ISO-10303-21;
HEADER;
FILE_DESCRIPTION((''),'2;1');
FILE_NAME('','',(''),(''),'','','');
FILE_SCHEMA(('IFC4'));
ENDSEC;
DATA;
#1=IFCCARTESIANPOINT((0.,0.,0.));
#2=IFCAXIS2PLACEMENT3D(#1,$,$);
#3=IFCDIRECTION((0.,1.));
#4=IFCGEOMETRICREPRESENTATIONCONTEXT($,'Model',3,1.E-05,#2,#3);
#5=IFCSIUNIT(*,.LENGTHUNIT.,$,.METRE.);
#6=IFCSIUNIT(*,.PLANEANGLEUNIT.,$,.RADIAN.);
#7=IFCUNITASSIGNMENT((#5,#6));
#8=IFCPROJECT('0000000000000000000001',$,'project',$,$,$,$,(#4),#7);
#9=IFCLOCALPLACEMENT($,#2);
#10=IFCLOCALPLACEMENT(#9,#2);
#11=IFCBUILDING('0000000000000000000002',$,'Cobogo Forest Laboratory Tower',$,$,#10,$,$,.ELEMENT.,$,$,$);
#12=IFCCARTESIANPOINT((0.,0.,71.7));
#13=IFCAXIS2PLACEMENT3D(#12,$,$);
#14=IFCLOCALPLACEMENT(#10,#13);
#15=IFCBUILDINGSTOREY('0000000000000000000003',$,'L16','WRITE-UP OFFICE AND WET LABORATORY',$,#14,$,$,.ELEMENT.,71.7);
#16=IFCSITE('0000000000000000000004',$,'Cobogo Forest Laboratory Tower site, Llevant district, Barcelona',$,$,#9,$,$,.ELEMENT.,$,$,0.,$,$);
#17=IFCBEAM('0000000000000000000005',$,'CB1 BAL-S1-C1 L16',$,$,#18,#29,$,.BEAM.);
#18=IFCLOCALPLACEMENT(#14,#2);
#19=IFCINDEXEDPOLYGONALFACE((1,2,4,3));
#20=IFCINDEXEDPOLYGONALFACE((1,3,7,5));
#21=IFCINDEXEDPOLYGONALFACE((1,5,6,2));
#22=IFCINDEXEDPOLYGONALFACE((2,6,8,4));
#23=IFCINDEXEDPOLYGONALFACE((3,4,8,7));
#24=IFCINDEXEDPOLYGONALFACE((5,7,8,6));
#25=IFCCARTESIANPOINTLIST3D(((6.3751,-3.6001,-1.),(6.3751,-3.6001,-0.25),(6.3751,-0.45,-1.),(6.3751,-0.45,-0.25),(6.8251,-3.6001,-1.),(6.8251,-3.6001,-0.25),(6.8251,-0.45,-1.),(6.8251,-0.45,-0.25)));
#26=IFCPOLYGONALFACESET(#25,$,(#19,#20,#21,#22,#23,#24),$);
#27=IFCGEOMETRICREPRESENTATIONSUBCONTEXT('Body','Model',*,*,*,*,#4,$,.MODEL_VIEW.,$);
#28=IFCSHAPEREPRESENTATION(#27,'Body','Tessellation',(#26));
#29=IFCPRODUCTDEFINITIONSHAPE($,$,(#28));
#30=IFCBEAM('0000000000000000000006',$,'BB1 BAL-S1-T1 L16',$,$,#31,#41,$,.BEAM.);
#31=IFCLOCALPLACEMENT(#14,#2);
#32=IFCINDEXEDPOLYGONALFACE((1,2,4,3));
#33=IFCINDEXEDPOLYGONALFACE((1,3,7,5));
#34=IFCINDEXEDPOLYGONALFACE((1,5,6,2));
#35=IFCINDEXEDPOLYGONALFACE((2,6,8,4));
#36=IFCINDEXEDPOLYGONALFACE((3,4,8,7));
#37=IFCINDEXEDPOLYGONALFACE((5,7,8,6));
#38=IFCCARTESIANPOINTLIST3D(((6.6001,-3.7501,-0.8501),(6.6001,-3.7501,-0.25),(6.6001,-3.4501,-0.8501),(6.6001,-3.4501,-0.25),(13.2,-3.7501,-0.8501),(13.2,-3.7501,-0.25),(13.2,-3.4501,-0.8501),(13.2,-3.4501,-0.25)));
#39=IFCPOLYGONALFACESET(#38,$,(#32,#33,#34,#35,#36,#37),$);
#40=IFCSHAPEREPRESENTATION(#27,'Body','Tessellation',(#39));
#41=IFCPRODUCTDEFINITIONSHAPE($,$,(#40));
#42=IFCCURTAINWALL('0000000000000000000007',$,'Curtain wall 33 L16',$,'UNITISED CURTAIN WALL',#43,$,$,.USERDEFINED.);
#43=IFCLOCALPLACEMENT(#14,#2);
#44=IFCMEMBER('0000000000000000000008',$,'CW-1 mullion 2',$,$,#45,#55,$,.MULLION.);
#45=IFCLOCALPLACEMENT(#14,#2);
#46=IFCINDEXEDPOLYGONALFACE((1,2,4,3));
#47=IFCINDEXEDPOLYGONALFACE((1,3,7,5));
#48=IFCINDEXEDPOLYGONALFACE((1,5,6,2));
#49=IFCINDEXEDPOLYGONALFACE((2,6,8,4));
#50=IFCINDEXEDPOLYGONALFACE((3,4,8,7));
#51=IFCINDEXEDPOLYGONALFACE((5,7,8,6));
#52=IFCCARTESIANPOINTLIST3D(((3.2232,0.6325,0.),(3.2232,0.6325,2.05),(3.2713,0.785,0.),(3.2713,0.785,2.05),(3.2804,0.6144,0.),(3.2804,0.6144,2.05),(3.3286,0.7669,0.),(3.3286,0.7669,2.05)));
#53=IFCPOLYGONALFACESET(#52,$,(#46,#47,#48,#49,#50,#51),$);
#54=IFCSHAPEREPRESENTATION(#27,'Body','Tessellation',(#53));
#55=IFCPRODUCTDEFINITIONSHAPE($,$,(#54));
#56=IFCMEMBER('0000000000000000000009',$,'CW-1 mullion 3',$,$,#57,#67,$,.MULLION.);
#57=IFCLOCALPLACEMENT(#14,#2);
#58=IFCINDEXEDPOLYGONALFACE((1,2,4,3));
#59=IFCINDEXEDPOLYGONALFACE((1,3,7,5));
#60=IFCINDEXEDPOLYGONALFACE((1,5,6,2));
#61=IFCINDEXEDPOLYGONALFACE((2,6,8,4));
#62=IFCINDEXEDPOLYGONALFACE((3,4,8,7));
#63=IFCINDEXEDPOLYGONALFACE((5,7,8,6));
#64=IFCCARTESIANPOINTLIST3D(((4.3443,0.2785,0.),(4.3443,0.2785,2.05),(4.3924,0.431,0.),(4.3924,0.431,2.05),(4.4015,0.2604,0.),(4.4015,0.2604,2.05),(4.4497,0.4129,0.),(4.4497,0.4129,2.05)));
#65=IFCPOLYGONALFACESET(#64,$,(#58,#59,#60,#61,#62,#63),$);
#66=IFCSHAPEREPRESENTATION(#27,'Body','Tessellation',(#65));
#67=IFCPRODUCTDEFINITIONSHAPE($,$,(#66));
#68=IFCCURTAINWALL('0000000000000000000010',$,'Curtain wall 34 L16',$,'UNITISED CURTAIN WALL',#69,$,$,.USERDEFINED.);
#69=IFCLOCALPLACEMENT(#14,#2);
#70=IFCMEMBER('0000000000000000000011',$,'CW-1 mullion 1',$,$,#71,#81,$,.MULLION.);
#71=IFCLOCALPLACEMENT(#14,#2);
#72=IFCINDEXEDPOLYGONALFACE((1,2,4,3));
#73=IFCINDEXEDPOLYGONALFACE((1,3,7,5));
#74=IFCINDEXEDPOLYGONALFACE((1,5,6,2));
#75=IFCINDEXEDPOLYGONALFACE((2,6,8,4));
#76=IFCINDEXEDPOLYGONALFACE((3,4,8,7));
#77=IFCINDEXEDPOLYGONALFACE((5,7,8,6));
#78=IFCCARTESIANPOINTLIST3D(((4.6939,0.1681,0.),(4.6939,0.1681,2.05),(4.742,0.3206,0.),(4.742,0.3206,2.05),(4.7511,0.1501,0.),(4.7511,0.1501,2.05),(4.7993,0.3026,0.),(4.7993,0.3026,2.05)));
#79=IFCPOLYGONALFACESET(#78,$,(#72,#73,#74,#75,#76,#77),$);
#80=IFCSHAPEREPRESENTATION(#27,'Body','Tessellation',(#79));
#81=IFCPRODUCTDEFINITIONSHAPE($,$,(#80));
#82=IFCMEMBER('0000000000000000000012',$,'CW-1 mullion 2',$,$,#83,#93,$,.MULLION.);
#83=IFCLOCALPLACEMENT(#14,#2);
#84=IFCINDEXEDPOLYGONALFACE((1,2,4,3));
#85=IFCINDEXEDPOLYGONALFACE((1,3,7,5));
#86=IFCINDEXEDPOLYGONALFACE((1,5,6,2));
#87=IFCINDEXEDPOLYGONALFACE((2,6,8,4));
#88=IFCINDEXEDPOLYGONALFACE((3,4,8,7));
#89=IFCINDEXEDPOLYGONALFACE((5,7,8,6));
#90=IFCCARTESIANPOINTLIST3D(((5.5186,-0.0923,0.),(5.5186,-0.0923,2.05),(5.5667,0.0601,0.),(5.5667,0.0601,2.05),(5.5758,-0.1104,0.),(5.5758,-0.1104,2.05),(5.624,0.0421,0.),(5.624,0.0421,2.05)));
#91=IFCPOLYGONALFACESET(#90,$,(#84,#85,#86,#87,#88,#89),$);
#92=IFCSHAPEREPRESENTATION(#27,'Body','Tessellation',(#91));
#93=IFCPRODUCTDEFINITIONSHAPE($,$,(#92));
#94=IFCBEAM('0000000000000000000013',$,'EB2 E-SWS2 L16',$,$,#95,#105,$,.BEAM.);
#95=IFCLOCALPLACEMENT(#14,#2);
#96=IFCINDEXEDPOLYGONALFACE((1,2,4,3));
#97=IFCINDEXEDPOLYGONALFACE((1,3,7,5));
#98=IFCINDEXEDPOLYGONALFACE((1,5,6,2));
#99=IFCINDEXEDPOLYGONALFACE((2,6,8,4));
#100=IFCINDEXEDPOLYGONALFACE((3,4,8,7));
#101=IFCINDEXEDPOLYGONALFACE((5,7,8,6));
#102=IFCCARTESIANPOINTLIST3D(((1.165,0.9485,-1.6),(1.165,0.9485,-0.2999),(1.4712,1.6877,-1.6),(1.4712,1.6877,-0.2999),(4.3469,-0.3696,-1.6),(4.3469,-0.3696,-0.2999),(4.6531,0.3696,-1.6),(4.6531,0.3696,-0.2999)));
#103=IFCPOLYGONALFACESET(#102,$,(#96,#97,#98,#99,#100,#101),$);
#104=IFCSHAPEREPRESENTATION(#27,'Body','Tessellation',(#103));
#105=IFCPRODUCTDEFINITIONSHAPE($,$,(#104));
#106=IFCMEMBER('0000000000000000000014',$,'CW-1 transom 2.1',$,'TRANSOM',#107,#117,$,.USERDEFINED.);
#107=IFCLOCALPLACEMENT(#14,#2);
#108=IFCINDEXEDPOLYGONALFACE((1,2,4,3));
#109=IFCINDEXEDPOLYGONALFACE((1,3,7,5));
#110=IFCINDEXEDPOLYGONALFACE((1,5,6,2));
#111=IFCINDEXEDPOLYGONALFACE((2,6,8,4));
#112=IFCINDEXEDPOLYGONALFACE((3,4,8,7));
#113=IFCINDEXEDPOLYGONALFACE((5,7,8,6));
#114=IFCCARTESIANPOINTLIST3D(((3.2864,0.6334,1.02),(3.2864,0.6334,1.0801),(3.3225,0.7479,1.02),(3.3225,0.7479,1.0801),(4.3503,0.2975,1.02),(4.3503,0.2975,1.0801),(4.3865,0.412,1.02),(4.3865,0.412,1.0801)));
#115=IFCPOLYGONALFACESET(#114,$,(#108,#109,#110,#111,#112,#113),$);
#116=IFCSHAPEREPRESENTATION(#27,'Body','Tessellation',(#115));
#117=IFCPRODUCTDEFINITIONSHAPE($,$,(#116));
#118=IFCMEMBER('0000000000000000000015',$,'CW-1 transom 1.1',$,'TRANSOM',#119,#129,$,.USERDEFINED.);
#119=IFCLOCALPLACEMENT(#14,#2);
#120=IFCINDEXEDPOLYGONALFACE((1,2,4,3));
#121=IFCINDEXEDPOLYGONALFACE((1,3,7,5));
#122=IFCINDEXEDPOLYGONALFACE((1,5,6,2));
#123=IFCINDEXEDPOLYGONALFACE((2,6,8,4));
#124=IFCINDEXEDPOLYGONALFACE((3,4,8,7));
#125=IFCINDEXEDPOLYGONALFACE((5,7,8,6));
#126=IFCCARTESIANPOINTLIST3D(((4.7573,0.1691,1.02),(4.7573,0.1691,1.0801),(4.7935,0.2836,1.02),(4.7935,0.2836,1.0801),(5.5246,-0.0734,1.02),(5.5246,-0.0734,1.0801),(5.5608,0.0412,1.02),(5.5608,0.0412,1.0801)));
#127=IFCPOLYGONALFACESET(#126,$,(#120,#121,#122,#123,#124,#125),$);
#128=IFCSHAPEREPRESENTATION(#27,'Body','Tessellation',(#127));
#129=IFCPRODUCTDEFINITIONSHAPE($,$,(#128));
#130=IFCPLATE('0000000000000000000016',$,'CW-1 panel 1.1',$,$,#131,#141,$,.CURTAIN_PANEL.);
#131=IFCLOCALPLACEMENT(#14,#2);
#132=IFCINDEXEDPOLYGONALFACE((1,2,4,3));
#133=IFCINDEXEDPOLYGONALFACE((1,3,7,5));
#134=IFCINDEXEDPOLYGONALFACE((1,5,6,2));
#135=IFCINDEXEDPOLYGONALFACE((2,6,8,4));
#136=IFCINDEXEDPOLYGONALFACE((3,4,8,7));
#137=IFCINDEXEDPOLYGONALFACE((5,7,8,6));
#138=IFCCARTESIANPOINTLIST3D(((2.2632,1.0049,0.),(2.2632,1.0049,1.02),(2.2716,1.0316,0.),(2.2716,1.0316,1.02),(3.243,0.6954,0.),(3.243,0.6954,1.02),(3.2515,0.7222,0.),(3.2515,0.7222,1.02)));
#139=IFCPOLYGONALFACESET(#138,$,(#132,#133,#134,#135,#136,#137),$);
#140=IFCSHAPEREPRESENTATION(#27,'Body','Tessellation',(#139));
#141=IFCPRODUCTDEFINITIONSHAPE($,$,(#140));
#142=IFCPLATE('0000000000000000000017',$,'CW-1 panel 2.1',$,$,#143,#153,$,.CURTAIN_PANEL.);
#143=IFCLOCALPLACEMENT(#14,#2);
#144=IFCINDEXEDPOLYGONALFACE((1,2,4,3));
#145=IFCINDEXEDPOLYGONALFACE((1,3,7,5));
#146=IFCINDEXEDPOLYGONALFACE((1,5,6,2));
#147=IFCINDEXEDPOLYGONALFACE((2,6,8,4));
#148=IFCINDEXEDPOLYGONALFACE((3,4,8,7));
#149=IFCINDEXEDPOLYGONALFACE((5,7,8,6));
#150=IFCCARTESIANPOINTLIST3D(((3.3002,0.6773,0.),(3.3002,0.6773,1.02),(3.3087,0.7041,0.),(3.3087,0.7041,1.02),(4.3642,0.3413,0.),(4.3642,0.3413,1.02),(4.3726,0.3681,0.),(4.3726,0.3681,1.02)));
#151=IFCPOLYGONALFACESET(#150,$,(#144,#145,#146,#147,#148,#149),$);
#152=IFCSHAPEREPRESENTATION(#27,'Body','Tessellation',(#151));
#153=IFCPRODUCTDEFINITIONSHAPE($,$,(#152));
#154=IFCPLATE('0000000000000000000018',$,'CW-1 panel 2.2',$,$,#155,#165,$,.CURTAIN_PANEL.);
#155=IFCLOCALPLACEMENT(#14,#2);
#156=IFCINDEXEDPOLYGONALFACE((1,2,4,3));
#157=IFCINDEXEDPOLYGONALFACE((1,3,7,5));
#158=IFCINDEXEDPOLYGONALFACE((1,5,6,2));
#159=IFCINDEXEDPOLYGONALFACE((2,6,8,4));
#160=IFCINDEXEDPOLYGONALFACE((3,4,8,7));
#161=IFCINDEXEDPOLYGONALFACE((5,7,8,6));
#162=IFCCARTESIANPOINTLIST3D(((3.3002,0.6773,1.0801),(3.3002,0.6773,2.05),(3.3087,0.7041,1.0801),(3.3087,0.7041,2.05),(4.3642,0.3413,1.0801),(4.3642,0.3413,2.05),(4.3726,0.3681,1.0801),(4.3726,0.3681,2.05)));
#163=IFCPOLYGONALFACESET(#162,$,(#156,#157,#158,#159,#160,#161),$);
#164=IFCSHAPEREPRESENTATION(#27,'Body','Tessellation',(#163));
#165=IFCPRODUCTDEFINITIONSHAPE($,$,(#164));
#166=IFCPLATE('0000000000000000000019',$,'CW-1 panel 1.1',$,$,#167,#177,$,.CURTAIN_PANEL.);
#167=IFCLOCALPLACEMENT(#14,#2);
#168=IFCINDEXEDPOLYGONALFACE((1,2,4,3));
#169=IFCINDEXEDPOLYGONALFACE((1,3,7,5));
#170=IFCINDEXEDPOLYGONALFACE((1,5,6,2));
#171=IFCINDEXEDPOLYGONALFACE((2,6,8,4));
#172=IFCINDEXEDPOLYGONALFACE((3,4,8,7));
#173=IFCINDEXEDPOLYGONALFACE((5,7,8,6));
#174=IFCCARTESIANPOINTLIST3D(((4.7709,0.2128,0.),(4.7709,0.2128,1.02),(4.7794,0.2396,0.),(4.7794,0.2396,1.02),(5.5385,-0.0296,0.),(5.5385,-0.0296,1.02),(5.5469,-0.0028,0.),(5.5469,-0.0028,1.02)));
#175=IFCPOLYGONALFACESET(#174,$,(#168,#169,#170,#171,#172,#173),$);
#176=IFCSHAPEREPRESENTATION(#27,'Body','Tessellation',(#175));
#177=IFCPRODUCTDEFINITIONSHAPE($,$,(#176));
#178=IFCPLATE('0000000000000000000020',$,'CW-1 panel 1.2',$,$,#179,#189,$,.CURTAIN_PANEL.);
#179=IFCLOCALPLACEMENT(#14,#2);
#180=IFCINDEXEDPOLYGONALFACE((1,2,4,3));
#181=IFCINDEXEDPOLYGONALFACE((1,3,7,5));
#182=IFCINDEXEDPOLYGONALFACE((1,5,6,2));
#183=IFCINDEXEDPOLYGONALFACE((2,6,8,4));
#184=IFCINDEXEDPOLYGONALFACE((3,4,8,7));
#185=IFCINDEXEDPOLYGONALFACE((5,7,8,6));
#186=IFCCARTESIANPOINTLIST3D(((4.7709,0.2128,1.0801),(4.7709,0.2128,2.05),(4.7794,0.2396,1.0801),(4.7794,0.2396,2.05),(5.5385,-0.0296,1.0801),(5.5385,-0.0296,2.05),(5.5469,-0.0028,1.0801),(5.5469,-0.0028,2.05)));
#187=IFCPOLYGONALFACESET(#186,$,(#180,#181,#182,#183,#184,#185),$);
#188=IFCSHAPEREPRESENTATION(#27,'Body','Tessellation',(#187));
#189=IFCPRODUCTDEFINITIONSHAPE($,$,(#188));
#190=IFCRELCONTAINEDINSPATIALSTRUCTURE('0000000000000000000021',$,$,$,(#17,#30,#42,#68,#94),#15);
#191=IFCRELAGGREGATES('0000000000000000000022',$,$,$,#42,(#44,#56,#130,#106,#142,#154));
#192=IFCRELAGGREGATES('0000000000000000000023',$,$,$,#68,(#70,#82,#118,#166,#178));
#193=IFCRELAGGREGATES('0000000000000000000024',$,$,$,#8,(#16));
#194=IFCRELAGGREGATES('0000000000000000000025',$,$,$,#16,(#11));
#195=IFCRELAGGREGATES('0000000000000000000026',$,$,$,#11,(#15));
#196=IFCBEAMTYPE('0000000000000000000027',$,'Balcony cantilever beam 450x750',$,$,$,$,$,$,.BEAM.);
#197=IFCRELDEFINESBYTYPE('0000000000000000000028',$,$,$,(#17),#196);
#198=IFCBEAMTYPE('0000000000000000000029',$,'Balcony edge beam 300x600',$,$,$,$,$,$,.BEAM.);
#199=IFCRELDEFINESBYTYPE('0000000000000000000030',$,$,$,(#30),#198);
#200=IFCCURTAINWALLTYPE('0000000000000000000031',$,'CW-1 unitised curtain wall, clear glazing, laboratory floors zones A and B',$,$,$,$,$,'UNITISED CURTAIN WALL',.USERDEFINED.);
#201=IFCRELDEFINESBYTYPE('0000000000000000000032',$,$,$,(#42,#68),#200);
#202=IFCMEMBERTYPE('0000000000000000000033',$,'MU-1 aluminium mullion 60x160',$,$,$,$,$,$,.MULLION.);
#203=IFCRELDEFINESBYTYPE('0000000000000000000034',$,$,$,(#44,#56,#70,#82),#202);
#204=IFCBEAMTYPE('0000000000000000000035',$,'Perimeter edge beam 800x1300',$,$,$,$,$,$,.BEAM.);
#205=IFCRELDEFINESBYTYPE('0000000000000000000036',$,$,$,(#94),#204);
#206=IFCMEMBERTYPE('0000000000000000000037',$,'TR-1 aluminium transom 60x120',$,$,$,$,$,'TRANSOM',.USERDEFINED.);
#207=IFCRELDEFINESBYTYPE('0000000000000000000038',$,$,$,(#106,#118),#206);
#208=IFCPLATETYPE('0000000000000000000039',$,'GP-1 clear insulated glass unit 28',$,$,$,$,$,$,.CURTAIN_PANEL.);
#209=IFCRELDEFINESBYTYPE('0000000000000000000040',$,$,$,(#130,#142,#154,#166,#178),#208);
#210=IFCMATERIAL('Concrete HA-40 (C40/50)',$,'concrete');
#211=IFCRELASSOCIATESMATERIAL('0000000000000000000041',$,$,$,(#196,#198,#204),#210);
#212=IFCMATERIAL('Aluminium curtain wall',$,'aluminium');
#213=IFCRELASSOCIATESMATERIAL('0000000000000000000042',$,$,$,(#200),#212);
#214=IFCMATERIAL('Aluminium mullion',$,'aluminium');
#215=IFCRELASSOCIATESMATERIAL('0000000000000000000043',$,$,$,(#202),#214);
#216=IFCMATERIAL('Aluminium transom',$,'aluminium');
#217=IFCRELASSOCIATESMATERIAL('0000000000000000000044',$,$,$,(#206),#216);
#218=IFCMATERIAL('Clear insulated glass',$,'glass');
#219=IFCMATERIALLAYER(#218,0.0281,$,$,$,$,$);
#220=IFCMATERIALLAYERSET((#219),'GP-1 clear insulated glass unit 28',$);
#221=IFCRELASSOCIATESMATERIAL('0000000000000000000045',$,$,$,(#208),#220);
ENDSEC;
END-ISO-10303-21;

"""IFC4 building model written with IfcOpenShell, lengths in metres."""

from ifc_helpers import new_model, si_unit, direction, frame, origin, origin_2d, place, context, subcontext, project, spatial, rectangle, extrude, material, layer, layer_set, material_profile, profile_set, type_object, element, aggregate, save


model = new_model("IFC4")

# Units and contexts
model_context = context("Model", 3, precision=1e-05, world=origin(), true_north=direction((0.0, 1.0)))
body_context = subcontext(model_context, "Body", "Model", "MODEL_VIEW")
ifc_project = project(units=[si_unit("LENGTHUNIT", "METRE"), si_unit("PLANEANGLEUNIT", "RADIAN")], contexts=[model_context])

# Site, building, storey
site_placement = place(None, origin())
site = spatial("IfcSite", under=ifc_project, at=site_placement, Name="Cobogo Forest Laboratory Tower site, Llevant district, Barcelona", CompositionType="ELEMENT", RefElevation=0.0)
building_placement = place(site_placement, origin())
building = spatial("IfcBuilding", under=site, at=building_placement, Name="Cobogo Forest Laboratory Tower", CompositionType="ELEMENT")
storey_placement = place(building_placement, frame((0.0, 0.0, 71.7)))
storey = spatial("IfcBuildingStorey", under=building, at=storey_placement, Name="L16", Description="WRITE-UP OFFICE AND WET LABORATORY", CompositionType="ELEMENT", Elevation=71.7)

# Beams
ifc_material_1 = material(Name="Concrete HA-40 (C40/50)", Category="concrete")
ifc_material_profile_1 = material_profile(ifc_material_1, rectangle(XDim=0.45, YDim=0.75, at=origin_2d()), Name="RC 450x750")
ifc_profile_set_1 = profile_set([ifc_material_profile_1], Name="Concrete HA-40 (C40/50)")
beam_type_1 = type_object("IfcBeamType", Name="Balcony cantilever beam 450x750", PredefinedType="BEAM", material=ifc_profile_set_1)
beam_1_placement = place(storey_placement, frame((6.6001, -0.45, -0.625), z_axis=(0.0, -1.0, 0.0), x_axis=(1.0, 0.0, 0.0)))
element("IfcBeam", 1, at=beam_1_placement, inside=storey, type_object=beam_type_1, Name="CB1 BAL-S1-C1 L16", PredefinedType="BEAM", context=body_context, shape_type="SweptSolid", body=[
    extrude(rectangle(XDim=0.45, YDim=0.75, at=origin_2d()), origin(), (0.0, 0.0, 1.0), 3.1501),
])
ifc_material_profile_2 = material_profile(ifc_material_1, rectangle(XDim=0.3, YDim=0.6001, at=origin_2d()), Name="RC 300x600")
ifc_profile_set_2 = profile_set([ifc_material_profile_2], Name="Concrete HA-40 (C40/50)")
beam_type_2 = type_object("IfcBeamType", Name="Balcony edge beam 300x600", PredefinedType="BEAM", material=ifc_profile_set_2)
beam_2_placement = place(storey_placement, frame((6.6001, -3.6001, -0.55), z_axis=(1.0, 0.0, 0.0), x_axis=(0.0, 1.0, 0.0)))
element("IfcBeam", 2, at=beam_2_placement, inside=storey, type_object=beam_type_2, Name="BB1 BAL-S1-T1 L16", PredefinedType="BEAM", context=body_context, shape_type="SweptSolid", body=[
    extrude(rectangle(XDim=0.3, YDim=0.6001, at=origin_2d()), origin(), (0.0, 0.0, 1.0), 6.5999),
])

# Curtain walls, members
ifc_material_2 = material(Name="Aluminium curtain wall", Category="aluminium")
curtain_wall_type = type_object("IfcCurtainWallType", Name="CW-1 unitised curtain wall, clear glazing, laboratory floors zones A and B", ElementType="UNITISED CURTAIN WALL", PredefinedType="USERDEFINED", material=ifc_material_2)
curtain_wall_1_placement = place(storey_placement, origin())
curtain_wall_1 = element("IfcCurtainWall", 3, at=curtain_wall_1_placement, inside=storey, type_object=curtain_wall_type, Name="Curtain wall 33 L16", ObjectType="UNITISED CURTAIN WALL", PredefinedType="USERDEFINED")
ifc_material_3 = material(Name="Aluminium mullion", Category="aluminium")
ifc_material_profile_3 = material_profile(ifc_material_3, rectangle(XDim=0.0601, YDim=0.1599, at=origin_2d()), Name="AL 60x160")
ifc_profile_set_3 = profile_set([ifc_material_profile_3], Name="Aluminium mullion")
member_type_1 = type_object("IfcMemberType", Name="MU-1 aluminium mullion 60x160", PredefinedType="MULLION", material=ifc_profile_set_3)
member_1_placement = place(storey_placement, frame((3.2759, 0.6997, 0.0), z_axis=(0.0, 0.0, 1.0), x_axis=(0.953581, -0.301135, 0.0)))
member_1 = element("IfcMember", 4, at=member_1_placement, type_object=member_type_1, Name="CW-1 mullion 2", PredefinedType="MULLION", context=body_context, shape_type="SweptSolid", body=[
    extrude(rectangle(XDim=0.0601, YDim=0.1599, at=origin_2d()), origin(), (0.0, 0.0, 1.0), 2.05),
])
member_2_placement = place(storey_placement, frame((4.397, 0.3457, 0.0), z_axis=(0.0, 0.0, 1.0), x_axis=(0.953581, -0.301135, 0.0)))
member_2 = element("IfcMember", 5, at=member_2_placement, type_object=member_type_1, Name="CW-1 mullion 3", PredefinedType="MULLION", context=body_context, shape_type="SweptSolid", body=[
    extrude(rectangle(XDim=0.0601, YDim=0.1599, at=origin_2d()), origin(), (0.0, 0.0, 1.0), 2.05),
])
curtain_wall_2_placement = place(storey_placement, origin())
curtain_wall_2 = element("IfcCurtainWall", 6, at=curtain_wall_2_placement, inside=storey, type_object=curtain_wall_type, Name="Curtain wall 34 L16", ObjectType="UNITISED CURTAIN WALL", PredefinedType="USERDEFINED")
member_3_placement = place(storey_placement, frame((4.7466, 0.2354, 0.0), z_axis=(0.0, 0.0, 1.0), x_axis=(0.953581, -0.301135, 0.0)))
member_3 = element("IfcMember", 7, at=member_3_placement, type_object=member_type_1, Name="CW-1 mullion 1", PredefinedType="MULLION", context=body_context, shape_type="SweptSolid", body=[
    extrude(rectangle(XDim=0.0601, YDim=0.1599, at=origin_2d()), origin(), (0.0, 0.0, 1.0), 2.05),
])
member_4_placement = place(storey_placement, frame((5.5713, -0.0251, 0.0), z_axis=(0.0, 0.0, 1.0), x_axis=(0.953581, -0.301135, 0.0)))
member_4 = element("IfcMember", 8, at=member_4_placement, type_object=member_type_1, Name="CW-1 mullion 2", PredefinedType="MULLION", context=body_context, shape_type="SweptSolid", body=[
    extrude(rectangle(XDim=0.0601, YDim=0.1599, at=origin_2d()), origin(), (0.0, 0.0, 1.0), 2.05),
])

# Beam
ifc_material_profile_4 = material_profile(ifc_material_1, rectangle(XDim=0.8, YDim=1.3, at=origin_2d()), Name="RC 800x1300")
ifc_profile_set_4 = profile_set([ifc_material_profile_4], Name="Concrete HA-40 (C40/50)")
beam_type_3 = type_object("IfcBeamType", Name="Perimeter edge beam 800x1300", PredefinedType="BEAM", material=ifc_profile_set_4)
beam_3_placement = place(storey_placement, frame((4.5, 0.0, -0.95), z_axis=(-0.923866, 0.382717, 0.0), x_axis=(-0.382717, -0.923866, 0.0)))
element("IfcBeam", 9, at=beam_3_placement, inside=storey, type_object=beam_type_3, Name="EB2 E-SWS2 L16", PredefinedType="BEAM", context=body_context, shape_type="SweptSolid", body=[
    extrude(rectangle(XDim=0.8, YDim=1.3, at=origin_2d()), origin(), (0.0, 0.0, 1.0), 3.4441),
])

# Members
ifc_material_4 = material(Name="Aluminium transom", Category="aluminium")
ifc_material_profile_5 = material_profile(ifc_material_4, rectangle(XDim=0.1201, YDim=0.0601, at=origin_2d()), Name="AL 60x120")
ifc_profile_set_5 = profile_set([ifc_material_profile_5], Name="Aluminium transom")
member_type_2 = type_object("IfcMemberType", Name="TR-1 aluminium transom 60x120", ElementType="TRANSOM", PredefinedType="USERDEFINED", material=ifc_profile_set_5)
member_5_placement = place(storey_placement, frame((3.3044, 0.6907, 1.05), z_axis=(0.953596, -0.301089, 0.0), x_axis=(0.301089, 0.953596, 0.0)))
member_5 = element("IfcMember", 10, at=member_5_placement, type_object=member_type_2, Name="CW-1 transom 2.1", ObjectType="TRANSOM", PredefinedType="USERDEFINED", context=body_context, shape_type="SweptSolid", body=[
    extrude(rectangle(XDim=0.1201, YDim=0.0601, at=origin_2d()), origin(), (0.0, 0.0, 1.0), 1.1157),
])
member_6_placement = place(storey_placement, frame((4.7754, 0.2263, 1.05), z_axis=(0.953541, -0.301262, 0.0), x_axis=(0.301262, 0.953541, 0.0)))
member_6 = element("IfcMember", 11, at=member_6_placement, type_object=member_type_2, Name="CW-1 transom 1.1", ObjectType="TRANSOM", PredefinedType="USERDEFINED", context=body_context, shape_type="SweptSolid", body=[
    extrude(rectangle(XDim=0.1201, YDim=0.0601, at=origin_2d()), origin(), (0.0, 0.0, 1.0), 0.8047),
])

# Plates
ifc_material_5 = material(Name="Clear insulated glass", Category="glass")
ifc_layer_1 = layer(ifc_material_5, 0.0281)
ifc_layer_set_1 = layer_set([ifc_layer_1], Name="GP-1 clear insulated glass unit 28")
plate_type = type_object("IfcPlateType", Name="GP-1 clear insulated glass unit 28", PredefinedType="CURTAIN_PANEL", material=ifc_layer_set_1)
plate_1_placement = place(storey_placement, frame((2.7573, 0.8635, 0.0), z_axis=(0.0, 0.0, 1.0), x_axis=(0.953581, -0.301135, 0.0)))
plate_1 = element("IfcPlate", 12, at=plate_1_placement, type_object=plate_type, Name="CW-1 panel 1.1", PredefinedType="CURTAIN_PANEL", context=body_context, shape_type="SweptSolid", body=[
    extrude(rectangle(XDim=1.0276, YDim=0.0281, at=origin_2d()), origin(), (0.0, 0.0, 1.0), 1.02),
])
plate_2_placement = place(storey_placement, frame((3.8364, 0.5227, 0.0), z_axis=(0.0, 0.0, 1.0), x_axis=(0.953581, -0.301135, 0.0)))
plate_2 = element("IfcPlate", 13, at=plate_2_placement, type_object=plate_type, Name="CW-1 panel 2.1", PredefinedType="CURTAIN_PANEL", context=body_context, shape_type="SweptSolid", body=[
    extrude(rectangle(XDim=1.1157, YDim=0.0281, at=origin_2d()), origin(), (0.0, 0.0, 1.0), 1.02),
])
plate_3_placement = place(storey_placement, frame((3.8364, 0.5227, 1.0801), z_axis=(0.0, 0.0, 1.0), x_axis=(0.953581, -0.301135, 0.0)))
plate_3 = element("IfcPlate", 14, at=plate_3_placement, type_object=plate_type, Name="CW-1 panel 2.2", PredefinedType="CURTAIN_PANEL", context=body_context, shape_type="SweptSolid", body=[
    extrude(rectangle(XDim=1.1157, YDim=0.0281, at=origin_2d()), origin(), (0.0, 0.0, 1.0), 0.97),
])
aggregate(curtain_wall_1, [member_1, member_2, plate_1, member_5, plate_2, plate_3])
plate_4_placement = place(storey_placement, frame((5.1589, 0.105, 0.0), z_axis=(0.0, 0.0, 1.0), x_axis=(0.953581, -0.301135, 0.0)))
plate_4 = element("IfcPlate", 15, at=plate_4_placement, type_object=plate_type, Name="CW-1 panel 1.1", PredefinedType="CURTAIN_PANEL", context=body_context, shape_type="SweptSolid", body=[
    extrude(rectangle(XDim=0.8049, YDim=0.0281, at=origin_2d()), origin(), (0.0, 0.0, 1.0), 1.02),
])
plate_5_placement = place(storey_placement, frame((5.1589, 0.105, 1.0801), z_axis=(0.0, 0.0, 1.0), x_axis=(0.953581, -0.301135, 0.0)))
plate_5 = element("IfcPlate", 16, at=plate_5_placement, type_object=plate_type, Name="CW-1 panel 1.2", PredefinedType="CURTAIN_PANEL", context=body_context, shape_type="SweptSolid", body=[
    extrude(rectangle(XDim=0.8049, YDim=0.0281, at=origin_2d()), origin(), (0.0, 0.0, 1.0), 0.97),
])
aggregate(curtain_wall_2, [member_3, member_4, member_6, plate_4, plate_5])

save(model, "model.ifc")
